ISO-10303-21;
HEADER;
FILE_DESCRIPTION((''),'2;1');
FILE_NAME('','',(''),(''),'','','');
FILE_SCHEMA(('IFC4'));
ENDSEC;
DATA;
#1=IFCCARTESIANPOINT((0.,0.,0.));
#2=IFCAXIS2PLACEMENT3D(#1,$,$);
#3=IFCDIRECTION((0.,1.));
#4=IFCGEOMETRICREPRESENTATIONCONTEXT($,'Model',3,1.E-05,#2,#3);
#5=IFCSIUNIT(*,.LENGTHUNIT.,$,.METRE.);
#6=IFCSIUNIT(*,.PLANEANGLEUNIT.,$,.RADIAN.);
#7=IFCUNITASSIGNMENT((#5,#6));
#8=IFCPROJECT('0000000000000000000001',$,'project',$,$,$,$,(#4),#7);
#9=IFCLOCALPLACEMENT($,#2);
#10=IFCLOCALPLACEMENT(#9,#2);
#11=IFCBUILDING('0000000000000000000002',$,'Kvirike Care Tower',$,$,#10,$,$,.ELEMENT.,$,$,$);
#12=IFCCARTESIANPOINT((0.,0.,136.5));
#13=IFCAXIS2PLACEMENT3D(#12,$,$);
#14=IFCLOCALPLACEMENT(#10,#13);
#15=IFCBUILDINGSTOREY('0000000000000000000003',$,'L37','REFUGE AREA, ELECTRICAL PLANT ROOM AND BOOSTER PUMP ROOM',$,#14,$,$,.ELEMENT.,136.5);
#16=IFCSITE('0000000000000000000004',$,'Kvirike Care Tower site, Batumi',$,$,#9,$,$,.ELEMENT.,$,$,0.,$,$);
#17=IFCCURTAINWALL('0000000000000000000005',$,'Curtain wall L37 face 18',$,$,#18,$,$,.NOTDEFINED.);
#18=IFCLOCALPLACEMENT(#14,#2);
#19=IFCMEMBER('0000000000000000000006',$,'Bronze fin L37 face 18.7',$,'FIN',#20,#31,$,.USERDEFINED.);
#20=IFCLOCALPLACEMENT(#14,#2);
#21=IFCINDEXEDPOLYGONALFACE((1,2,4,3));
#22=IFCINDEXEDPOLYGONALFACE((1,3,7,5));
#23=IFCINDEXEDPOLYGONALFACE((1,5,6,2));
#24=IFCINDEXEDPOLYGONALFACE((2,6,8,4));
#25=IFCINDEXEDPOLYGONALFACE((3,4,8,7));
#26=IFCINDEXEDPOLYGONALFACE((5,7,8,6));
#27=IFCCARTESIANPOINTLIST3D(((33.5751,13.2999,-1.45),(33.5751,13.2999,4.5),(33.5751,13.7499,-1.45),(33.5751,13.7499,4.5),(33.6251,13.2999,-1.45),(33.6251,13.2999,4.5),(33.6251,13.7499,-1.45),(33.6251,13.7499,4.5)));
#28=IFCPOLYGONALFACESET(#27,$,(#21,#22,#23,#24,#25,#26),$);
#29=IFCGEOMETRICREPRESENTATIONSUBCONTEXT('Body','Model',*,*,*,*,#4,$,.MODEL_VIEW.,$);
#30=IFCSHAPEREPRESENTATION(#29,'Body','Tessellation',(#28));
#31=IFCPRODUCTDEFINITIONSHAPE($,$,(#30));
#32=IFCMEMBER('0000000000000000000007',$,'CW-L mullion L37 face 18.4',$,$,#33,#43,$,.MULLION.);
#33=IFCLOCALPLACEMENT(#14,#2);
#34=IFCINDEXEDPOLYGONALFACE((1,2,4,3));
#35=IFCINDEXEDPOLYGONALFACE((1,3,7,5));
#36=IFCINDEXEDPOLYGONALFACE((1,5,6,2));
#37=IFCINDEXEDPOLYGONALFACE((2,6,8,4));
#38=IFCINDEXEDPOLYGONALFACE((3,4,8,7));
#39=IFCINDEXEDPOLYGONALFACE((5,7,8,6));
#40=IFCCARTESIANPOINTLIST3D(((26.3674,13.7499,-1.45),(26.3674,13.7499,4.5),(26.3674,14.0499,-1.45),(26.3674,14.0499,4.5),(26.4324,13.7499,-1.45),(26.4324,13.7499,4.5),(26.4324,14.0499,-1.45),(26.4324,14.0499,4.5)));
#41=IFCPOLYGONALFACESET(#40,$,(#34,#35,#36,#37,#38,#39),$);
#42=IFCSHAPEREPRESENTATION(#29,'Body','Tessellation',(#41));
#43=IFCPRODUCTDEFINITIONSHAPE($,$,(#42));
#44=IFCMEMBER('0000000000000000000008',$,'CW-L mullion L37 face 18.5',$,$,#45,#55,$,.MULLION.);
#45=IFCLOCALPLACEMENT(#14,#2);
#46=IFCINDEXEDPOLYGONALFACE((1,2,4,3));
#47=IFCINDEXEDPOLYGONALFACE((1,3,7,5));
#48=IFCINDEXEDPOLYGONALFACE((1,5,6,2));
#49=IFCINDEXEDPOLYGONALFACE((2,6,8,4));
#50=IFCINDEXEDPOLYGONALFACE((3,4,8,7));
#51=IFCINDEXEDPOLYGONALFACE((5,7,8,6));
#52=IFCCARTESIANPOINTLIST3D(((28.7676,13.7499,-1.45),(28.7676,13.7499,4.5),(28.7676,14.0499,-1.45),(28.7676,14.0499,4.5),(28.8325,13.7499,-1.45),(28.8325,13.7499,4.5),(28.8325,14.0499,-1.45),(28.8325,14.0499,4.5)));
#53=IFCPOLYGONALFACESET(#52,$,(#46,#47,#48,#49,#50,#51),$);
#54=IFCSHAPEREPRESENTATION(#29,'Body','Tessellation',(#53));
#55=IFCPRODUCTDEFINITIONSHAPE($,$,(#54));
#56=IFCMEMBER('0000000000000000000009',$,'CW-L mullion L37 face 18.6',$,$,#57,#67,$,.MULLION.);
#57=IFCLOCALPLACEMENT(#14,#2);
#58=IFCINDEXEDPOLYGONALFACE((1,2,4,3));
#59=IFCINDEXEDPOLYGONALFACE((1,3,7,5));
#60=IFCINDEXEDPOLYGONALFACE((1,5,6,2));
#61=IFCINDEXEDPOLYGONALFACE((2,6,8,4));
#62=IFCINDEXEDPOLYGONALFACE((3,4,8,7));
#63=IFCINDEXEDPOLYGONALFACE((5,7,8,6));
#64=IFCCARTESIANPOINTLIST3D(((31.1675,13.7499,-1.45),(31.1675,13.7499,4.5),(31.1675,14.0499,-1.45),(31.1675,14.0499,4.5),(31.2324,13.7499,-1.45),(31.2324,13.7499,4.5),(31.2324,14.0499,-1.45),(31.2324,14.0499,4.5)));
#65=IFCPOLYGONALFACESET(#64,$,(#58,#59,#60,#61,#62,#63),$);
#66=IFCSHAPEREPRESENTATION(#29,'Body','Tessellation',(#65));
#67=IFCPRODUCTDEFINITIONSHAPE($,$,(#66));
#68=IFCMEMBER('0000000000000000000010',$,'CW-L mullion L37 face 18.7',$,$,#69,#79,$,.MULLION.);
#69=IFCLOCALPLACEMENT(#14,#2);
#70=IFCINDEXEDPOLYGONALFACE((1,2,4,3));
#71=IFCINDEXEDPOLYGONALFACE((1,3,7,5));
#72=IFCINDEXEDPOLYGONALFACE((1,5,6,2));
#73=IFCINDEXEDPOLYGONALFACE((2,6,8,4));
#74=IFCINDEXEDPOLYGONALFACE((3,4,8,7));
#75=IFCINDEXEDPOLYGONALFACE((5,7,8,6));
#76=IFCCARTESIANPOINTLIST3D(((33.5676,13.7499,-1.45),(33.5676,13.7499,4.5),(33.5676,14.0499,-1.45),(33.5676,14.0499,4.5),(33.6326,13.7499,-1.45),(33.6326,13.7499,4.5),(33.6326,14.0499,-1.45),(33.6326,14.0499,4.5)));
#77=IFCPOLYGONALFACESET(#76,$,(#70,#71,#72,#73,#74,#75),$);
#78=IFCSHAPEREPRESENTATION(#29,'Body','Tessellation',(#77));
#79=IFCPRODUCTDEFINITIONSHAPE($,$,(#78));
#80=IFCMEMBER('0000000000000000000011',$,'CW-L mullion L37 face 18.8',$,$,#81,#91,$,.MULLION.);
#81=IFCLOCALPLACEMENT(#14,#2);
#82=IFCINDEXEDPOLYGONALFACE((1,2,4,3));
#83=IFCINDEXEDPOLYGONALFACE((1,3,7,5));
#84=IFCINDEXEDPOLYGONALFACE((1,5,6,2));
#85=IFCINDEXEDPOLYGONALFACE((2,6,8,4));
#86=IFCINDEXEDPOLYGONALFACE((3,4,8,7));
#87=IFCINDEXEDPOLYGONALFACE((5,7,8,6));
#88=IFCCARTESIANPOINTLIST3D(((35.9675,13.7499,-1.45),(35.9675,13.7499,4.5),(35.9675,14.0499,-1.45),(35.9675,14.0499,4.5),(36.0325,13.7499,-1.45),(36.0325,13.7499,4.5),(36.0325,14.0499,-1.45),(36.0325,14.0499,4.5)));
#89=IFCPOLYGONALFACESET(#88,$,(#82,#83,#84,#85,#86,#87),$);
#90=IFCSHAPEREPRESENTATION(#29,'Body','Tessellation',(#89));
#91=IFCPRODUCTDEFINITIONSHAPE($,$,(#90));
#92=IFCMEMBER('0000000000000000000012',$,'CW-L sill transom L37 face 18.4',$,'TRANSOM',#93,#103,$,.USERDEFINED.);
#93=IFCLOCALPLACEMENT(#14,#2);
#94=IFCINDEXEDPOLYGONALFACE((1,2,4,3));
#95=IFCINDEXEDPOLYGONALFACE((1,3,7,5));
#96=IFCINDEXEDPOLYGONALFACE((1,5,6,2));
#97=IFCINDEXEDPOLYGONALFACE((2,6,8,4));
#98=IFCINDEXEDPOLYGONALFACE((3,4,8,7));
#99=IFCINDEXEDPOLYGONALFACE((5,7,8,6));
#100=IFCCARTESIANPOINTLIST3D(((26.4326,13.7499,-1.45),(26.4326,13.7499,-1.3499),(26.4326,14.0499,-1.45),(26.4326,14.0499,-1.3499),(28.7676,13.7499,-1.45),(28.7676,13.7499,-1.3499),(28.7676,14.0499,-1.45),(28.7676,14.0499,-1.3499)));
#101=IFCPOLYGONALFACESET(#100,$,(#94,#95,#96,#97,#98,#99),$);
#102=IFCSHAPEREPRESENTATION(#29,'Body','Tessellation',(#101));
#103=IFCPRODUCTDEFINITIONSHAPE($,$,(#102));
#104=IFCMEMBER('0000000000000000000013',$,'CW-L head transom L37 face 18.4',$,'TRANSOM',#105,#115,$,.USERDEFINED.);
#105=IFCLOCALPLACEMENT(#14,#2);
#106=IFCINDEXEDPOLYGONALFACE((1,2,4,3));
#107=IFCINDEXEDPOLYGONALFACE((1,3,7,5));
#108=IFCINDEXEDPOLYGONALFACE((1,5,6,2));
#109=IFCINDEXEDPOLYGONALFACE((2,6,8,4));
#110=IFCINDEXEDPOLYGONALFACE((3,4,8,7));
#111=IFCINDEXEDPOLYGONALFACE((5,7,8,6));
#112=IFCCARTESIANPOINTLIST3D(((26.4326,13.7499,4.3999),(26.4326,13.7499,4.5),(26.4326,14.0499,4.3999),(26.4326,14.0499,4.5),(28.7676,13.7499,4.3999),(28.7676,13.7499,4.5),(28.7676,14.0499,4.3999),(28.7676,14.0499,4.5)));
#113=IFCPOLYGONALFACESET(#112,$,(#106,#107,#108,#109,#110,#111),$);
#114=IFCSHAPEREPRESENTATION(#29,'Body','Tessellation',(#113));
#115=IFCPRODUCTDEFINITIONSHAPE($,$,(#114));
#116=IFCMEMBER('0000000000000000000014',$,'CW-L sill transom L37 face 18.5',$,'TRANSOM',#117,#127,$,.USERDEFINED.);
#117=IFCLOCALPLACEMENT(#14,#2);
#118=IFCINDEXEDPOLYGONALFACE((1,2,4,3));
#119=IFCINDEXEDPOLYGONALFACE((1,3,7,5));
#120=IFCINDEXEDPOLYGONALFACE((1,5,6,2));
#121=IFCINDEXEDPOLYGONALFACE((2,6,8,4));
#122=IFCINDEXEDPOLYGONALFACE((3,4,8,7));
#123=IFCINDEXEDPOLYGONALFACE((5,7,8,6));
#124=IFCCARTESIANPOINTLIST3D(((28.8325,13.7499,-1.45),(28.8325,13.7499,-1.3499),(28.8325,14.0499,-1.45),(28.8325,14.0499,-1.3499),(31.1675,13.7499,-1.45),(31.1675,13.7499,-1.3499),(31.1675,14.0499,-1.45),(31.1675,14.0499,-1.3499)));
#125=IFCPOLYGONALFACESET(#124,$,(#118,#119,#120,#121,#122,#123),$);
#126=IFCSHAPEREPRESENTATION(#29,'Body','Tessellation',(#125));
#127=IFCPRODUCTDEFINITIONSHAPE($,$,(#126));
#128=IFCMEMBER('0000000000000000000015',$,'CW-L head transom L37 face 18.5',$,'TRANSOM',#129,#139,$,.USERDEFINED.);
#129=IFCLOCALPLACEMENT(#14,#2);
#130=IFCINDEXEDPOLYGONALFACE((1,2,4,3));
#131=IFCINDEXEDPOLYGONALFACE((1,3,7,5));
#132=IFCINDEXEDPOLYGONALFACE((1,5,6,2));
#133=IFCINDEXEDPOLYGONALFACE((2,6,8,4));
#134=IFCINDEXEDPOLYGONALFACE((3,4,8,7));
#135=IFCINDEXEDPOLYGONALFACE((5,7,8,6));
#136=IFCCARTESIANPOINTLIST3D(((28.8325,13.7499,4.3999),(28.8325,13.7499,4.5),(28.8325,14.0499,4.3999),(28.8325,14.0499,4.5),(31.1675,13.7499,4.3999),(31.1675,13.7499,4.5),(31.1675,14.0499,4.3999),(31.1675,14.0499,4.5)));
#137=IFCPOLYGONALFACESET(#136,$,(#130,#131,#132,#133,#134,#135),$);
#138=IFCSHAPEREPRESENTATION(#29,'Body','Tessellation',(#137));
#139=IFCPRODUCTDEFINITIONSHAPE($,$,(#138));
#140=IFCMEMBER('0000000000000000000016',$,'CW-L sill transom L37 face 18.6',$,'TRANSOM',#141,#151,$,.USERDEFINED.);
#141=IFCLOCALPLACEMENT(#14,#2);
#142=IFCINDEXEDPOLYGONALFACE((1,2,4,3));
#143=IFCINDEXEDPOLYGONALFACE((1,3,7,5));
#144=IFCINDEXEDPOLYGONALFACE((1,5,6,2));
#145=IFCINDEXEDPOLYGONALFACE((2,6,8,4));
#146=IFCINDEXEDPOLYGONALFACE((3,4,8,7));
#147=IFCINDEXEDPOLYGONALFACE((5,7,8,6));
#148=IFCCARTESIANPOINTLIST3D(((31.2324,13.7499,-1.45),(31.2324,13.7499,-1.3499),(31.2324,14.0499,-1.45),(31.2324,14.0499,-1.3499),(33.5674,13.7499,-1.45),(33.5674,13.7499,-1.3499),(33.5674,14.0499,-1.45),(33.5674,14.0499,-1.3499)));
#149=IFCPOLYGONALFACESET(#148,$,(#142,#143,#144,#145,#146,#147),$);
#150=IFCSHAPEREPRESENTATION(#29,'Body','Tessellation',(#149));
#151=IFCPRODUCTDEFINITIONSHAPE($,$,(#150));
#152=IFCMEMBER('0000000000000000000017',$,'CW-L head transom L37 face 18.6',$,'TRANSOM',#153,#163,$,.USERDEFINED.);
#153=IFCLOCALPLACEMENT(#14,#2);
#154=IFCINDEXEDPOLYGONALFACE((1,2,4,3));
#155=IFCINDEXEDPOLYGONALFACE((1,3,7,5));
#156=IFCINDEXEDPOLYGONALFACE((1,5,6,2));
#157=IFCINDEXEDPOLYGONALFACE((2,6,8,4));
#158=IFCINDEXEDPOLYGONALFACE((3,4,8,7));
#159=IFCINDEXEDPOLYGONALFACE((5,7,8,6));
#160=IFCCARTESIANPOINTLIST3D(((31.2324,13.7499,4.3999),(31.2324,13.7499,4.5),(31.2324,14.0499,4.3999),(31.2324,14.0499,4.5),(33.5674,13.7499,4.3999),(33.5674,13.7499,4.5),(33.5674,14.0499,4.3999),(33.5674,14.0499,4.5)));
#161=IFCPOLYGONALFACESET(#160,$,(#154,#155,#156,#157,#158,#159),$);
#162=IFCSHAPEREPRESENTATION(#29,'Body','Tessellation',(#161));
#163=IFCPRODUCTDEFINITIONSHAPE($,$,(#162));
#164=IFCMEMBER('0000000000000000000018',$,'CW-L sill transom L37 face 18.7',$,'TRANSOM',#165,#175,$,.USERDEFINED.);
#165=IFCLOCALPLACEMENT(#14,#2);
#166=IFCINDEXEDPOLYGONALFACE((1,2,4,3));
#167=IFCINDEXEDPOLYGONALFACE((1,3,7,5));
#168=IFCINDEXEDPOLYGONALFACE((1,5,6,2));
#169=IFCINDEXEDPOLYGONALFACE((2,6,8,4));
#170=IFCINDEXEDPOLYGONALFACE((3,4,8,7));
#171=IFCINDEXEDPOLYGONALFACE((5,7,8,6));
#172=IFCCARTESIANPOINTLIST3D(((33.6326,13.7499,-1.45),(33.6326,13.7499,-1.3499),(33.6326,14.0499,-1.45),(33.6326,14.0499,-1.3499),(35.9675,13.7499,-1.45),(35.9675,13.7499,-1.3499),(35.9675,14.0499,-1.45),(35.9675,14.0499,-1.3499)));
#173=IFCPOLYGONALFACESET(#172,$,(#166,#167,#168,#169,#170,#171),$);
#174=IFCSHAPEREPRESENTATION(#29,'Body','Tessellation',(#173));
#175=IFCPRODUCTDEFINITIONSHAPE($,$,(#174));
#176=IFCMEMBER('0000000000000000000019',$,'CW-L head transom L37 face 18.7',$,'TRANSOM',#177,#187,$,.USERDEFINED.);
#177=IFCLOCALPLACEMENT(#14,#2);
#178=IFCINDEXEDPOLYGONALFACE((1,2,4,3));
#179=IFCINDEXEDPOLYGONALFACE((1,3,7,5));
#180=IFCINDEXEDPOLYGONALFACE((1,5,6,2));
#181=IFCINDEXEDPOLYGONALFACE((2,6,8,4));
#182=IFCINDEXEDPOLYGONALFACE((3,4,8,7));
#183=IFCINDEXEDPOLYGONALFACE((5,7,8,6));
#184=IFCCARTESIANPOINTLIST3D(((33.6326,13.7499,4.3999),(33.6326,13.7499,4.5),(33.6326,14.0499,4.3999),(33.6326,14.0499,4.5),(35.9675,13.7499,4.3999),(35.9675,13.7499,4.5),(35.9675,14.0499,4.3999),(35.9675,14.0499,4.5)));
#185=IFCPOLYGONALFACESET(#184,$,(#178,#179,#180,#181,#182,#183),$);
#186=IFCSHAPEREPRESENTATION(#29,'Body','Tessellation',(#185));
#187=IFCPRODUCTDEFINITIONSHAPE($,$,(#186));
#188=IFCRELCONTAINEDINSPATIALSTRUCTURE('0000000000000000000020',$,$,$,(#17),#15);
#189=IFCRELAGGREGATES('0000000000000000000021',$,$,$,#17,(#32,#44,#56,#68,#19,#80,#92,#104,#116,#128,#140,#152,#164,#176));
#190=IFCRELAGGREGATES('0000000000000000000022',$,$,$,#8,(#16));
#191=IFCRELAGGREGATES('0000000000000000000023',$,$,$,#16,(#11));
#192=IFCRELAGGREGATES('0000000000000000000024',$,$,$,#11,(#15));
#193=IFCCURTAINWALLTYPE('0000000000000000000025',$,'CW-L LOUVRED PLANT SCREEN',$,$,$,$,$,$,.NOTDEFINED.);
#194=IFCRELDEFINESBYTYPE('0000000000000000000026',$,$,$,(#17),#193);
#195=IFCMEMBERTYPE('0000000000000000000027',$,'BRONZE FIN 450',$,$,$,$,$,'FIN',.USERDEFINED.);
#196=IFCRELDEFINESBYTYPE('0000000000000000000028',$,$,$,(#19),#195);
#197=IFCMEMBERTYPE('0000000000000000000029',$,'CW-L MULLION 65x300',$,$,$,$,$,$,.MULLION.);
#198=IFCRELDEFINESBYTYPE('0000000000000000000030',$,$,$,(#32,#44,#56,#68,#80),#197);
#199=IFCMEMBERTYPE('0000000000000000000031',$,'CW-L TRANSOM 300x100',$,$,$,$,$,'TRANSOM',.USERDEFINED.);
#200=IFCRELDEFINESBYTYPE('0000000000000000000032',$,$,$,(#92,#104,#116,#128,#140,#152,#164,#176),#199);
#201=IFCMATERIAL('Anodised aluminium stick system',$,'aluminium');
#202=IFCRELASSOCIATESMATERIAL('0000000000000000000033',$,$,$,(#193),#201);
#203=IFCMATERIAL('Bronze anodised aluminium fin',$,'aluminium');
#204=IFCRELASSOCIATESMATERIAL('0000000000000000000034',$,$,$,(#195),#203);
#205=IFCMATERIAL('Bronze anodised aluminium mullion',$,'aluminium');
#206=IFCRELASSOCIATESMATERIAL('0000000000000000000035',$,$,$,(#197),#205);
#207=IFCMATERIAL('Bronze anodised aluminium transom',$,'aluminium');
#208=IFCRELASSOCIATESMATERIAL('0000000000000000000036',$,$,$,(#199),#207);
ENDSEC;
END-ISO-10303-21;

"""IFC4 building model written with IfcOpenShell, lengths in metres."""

from ifc_helpers import new_model, si_unit, direction, frame, origin, origin_2d, place, context, subcontext, project, spatial, rectangle, extrude, material, material_profile, profile_set, type_object, element, aggregate, save


model = new_model("IFC4")

# Units and contexts
model_context = context("Model", 3, precision=1e-05, world=origin(), true_north=direction((0.0, 1.0)))
body_context = subcontext(model_context, "Body", "Model", "MODEL_VIEW")
ifc_project = project(units=[si_unit("LENGTHUNIT", "METRE"), si_unit("PLANEANGLEUNIT", "RADIAN")], contexts=[model_context])

# Site, building, storey
site_placement = place(None, origin())
site = spatial("IfcSite", under=ifc_project, at=site_placement, Name="Kvirike Care Tower site, Batumi", CompositionType="ELEMENT", RefElevation=0.0)
building_placement = place(site_placement, origin())
building = spatial("IfcBuilding", under=site, at=building_placement, Name="Kvirike Care Tower", CompositionType="ELEMENT")
storey_placement = place(building_placement, frame((0.0, 0.0, 136.5)))
storey = spatial("IfcBuildingStorey", under=building, at=storey_placement, Name="L37", Description="REFUGE AREA, ELECTRICAL PLANT ROOM AND BOOSTER PUMP ROOM", CompositionType="ELEMENT", Elevation=136.5)

# Curtain wall, members
ifc_material_1 = material(Name="Anodised aluminium stick system", Category="aluminium")
curtain_wall_type = type_object("IfcCurtainWallType", Name="CW-L LOUVRED PLANT SCREEN", PredefinedType="NOTDEFINED", material=ifc_material_1)
curtain_wall_placement = place(storey_placement, origin())
curtain_wall = element("IfcCurtainWall", 1, at=curtain_wall_placement, inside=storey, type_object=curtain_wall_type, Name="Curtain wall L37 face 18", PredefinedType="NOTDEFINED")
ifc_material_2 = material(Name="Bronze anodised aluminium fin", Category="aluminium")
ifc_material_profile_1 = material_profile(ifc_material_2, rectangle(XDim=0.05, YDim=0.45, at=origin_2d()), Name="BRONZE FIN 450")
ifc_profile_set_1 = profile_set([ifc_material_profile_1], Name="Bronze anodised aluminium fin")
member_type_1 = type_object("IfcMemberType", Name="BRONZE FIN 450", ElementType="FIN", PredefinedType="USERDEFINED", material=ifc_profile_set_1)
member_1_placement = place(storey_placement, frame((33.6001, 13.5249, -1.45), z_axis=(0.0, 0.0, 1.0), x_axis=(1.0, 0.0, 0.0)))
member_1 = element("IfcMember", 2, at=member_1_placement, type_object=member_type_1, Name="Bronze fin L37 face 18.7", ObjectType="FIN", PredefinedType="USERDEFINED", context=body_context, shape_type="SweptSolid", body=[
    extrude(rectangle(XDim=0.05, YDim=0.45, at=origin_2d()), origin(), (0.0, 0.0, 1.0), 5.95),
])
ifc_material_3 = material(Name="Bronze anodised aluminium mullion", Category="aluminium")
ifc_material_profile_2 = material_profile(ifc_material_3, rectangle(XDim=0.0649, YDim=0.3, at=origin_2d()), Name="CW-L MULLION 65x300")
ifc_profile_set_2 = profile_set([ifc_material_profile_2], Name="Bronze anodised aluminium mullion")
member_type_2 = type_object("IfcMemberType", Name="CW-L MULLION 65x300", PredefinedType="MULLION", material=ifc_profile_set_2)
member_2_placement = place(storey_placement, frame((26.3999, 13.8999, -1.45), z_axis=(0.0, 0.0, 1.0), x_axis=(1.0, 0.0, 0.0)))
member_2 = element("IfcMember", 3, at=member_2_placement, type_object=member_type_2, Name="CW-L mullion L37 face 18.4", PredefinedType="MULLION", context=body_context, shape_type="SweptSolid", body=[
    extrude(rectangle(XDim=0.0649, YDim=0.3, at=origin_2d()), origin(), (0.0, 0.0, 1.0), 5.95),
])
member_3_placement = place(storey_placement, frame((28.8, 13.8999, -1.45), z_axis=(0.0, 0.0, 1.0), x_axis=(1.0, 0.0, 0.0)))
member_3 = element("IfcMember", 4, at=member_3_placement, type_object=member_type_2, Name="CW-L mullion L37 face 18.5", PredefinedType="MULLION", context=body_context, shape_type="SweptSolid", body=[
    extrude(rectangle(XDim=0.0649, YDim=0.3, at=origin_2d()), origin(), (0.0, 0.0, 1.0), 5.95),
])
member_4_placement = place(storey_placement, frame((31.2, 13.8999, -1.45), z_axis=(0.0, 0.0, 1.0), x_axis=(1.0, 0.0, 0.0)))
member_4 = element("IfcMember", 5, at=member_4_placement, type_object=member_type_2, Name="CW-L mullion L37 face 18.6", PredefinedType="MULLION", context=body_context, shape_type="SweptSolid", body=[
    extrude(rectangle(XDim=0.0649, YDim=0.3, at=origin_2d()), origin(), (0.0, 0.0, 1.0), 5.95),
])
member_5_placement = place(storey_placement, frame((33.6001, 13.8999, -1.45), z_axis=(0.0, 0.0, 1.0), x_axis=(1.0, 0.0, 0.0)))
member_5 = element("IfcMember", 6, at=member_5_placement, type_object=member_type_2, Name="CW-L mullion L37 face 18.7", PredefinedType="MULLION", context=body_context, shape_type="SweptSolid", body=[
    extrude(rectangle(XDim=0.0649, YDim=0.3, at=origin_2d()), origin(), (0.0, 0.0, 1.0), 5.95),
])
member_6_placement = place(storey_placement, frame((36.0, 13.8999, -1.45), z_axis=(0.0, 0.0, 1.0), x_axis=(1.0, 0.0, 0.0)))
member_6 = element("IfcMember", 7, at=member_6_placement, type_object=member_type_2, Name="CW-L mullion L37 face 18.8", PredefinedType="MULLION", context=body_context, shape_type="SweptSolid", body=[
    extrude(rectangle(XDim=0.0649, YDim=0.3, at=origin_2d()), origin(), (0.0, 0.0, 1.0), 5.95),
])
ifc_material_4 = material(Name="Bronze anodised aluminium transom", Category="aluminium")
ifc_material_profile_3 = material_profile(ifc_material_4, rectangle(XDim=0.3, YDim=0.1001, at=origin_2d()), Name="CW-L TRANSOM 300x100")
ifc_profile_set_3 = profile_set([ifc_material_profile_3], Name="Bronze anodised aluminium transom")
member_type_3 = type_object("IfcMemberType", Name="CW-L TRANSOM 300x100", ElementType="TRANSOM", PredefinedType="USERDEFINED", material=ifc_profile_set_3)
member_7_placement = place(storey_placement, frame((26.4326, 13.8999, -1.3999), z_axis=(1.0, 0.0, 0.0), x_axis=(0.0, 1.0, 0.0)))
member_7 = element("IfcMember", 8, at=member_7_placement, type_object=member_type_3, Name="CW-L sill transom L37 face 18.4", ObjectType="TRANSOM", PredefinedType="USERDEFINED", context=body_context, shape_type="SweptSolid", body=[
    extrude(rectangle(XDim=0.3, YDim=0.1001, at=origin_2d()), origin(), (0.0, 0.0, 1.0), 2.335),
])
member_8_placement = place(storey_placement, frame((26.4326, 13.8999, 4.45), z_axis=(1.0, 0.0, 0.0), x_axis=(0.0, 1.0, 0.0)))
member_8 = element("IfcMember", 9, at=member_8_placement, type_object=member_type_3, Name="CW-L head transom L37 face 18.4", ObjectType="TRANSOM", PredefinedType="USERDEFINED", context=body_context, shape_type="SweptSolid", body=[
    extrude(rectangle(XDim=0.3, YDim=0.1001, at=origin_2d()), origin(), (0.0, 0.0, 1.0), 2.335),
])
member_9_placement = place(storey_placement, frame((28.8325, 13.8999, -1.3999), z_axis=(1.0, 0.0, 0.0), x_axis=(0.0, 1.0, 0.0)))
member_9 = element("IfcMember", 10, at=member_9_placement, type_object=member_type_3, Name="CW-L sill transom L37 face 18.5", ObjectType="TRANSOM", PredefinedType="USERDEFINED", context=body_context, shape_type="SweptSolid", body=[
    extrude(rectangle(XDim=0.3, YDim=0.1001, at=origin_2d()), origin(), (0.0, 0.0, 1.0), 2.335),
])
member_10_placement = place(storey_placement, frame((28.8325, 13.8999, 4.45), z_axis=(1.0, 0.0, 0.0), x_axis=(0.0, 1.0, 0.0)))
member_10 = element("IfcMember", 11, at=member_10_placement, type_object=member_type_3, Name="CW-L head transom L37 face 18.5", ObjectType="TRANSOM", PredefinedType="USERDEFINED", context=body_context, shape_type="SweptSolid", body=[
    extrude(rectangle(XDim=0.3, YDim=0.1001, at=origin_2d()), origin(), (0.0, 0.0, 1.0), 2.335),
])
member_11_placement = place(storey_placement, frame((31.2324, 13.8999, -1.3999), z_axis=(1.0, 0.0, 0.0), x_axis=(0.0, 1.0, 0.0)))
member_11 = element("IfcMember", 12, at=member_11_placement, type_object=member_type_3, Name="CW-L sill transom L37 face 18.6", ObjectType="TRANSOM", PredefinedType="USERDEFINED", context=body_context, shape_type="SweptSolid", body=[
    extrude(rectangle(XDim=0.3, YDim=0.1001, at=origin_2d()), origin(), (0.0, 0.0, 1.0), 2.335),
])
member_12_placement = place(storey_placement, frame((31.2324, 13.8999, 4.45), z_axis=(1.0, 0.0, 0.0), x_axis=(0.0, 1.0, 0.0)))
member_12 = element("IfcMember", 13, at=member_12_placement, type_object=member_type_3, Name="CW-L head transom L37 face 18.6", ObjectType="TRANSOM", PredefinedType="USERDEFINED", context=body_context, shape_type="SweptSolid", body=[
    extrude(rectangle(XDim=0.3, YDim=0.1001, at=origin_2d()), origin(), (0.0, 0.0, 1.0), 2.335),
])
member_13_placement = place(storey_placement, frame((33.6326, 13.8999, -1.3999), z_axis=(1.0, 0.0, 0.0), x_axis=(0.0, 1.0, 0.0)))
member_13 = element("IfcMember", 14, at=member_13_placement, type_object=member_type_3, Name="CW-L sill transom L37 face 18.7", ObjectType="TRANSOM", PredefinedType="USERDEFINED", context=body_context, shape_type="SweptSolid", body=[
    extrude(rectangle(XDim=0.3, YDim=0.1001, at=origin_2d()), origin(), (0.0, 0.0, 1.0), 2.335),
])
member_14_placement = place(storey_placement, frame((33.6326, 13.8999, 4.45), z_axis=(1.0, 0.0, 0.0), x_axis=(0.0, 1.0, 0.0)))
member_14 = element("IfcMember", 15, at=member_14_placement, type_object=member_type_3, Name="CW-L head transom L37 face 18.7", ObjectType="TRANSOM", PredefinedType="USERDEFINED", context=body_context, shape_type="SweptSolid", body=[
    extrude(rectangle(XDim=0.3, YDim=0.1001, at=origin_2d()), origin(), (0.0, 0.0, 1.0), 2.335),
])

aggregate(curtain_wall, [member_2, member_3, member_4, member_5, member_1, member_6, member_7, member_8, member_9, member_10, member_11, member_12, member_13, member_14])

save(model, "model.ifc")
